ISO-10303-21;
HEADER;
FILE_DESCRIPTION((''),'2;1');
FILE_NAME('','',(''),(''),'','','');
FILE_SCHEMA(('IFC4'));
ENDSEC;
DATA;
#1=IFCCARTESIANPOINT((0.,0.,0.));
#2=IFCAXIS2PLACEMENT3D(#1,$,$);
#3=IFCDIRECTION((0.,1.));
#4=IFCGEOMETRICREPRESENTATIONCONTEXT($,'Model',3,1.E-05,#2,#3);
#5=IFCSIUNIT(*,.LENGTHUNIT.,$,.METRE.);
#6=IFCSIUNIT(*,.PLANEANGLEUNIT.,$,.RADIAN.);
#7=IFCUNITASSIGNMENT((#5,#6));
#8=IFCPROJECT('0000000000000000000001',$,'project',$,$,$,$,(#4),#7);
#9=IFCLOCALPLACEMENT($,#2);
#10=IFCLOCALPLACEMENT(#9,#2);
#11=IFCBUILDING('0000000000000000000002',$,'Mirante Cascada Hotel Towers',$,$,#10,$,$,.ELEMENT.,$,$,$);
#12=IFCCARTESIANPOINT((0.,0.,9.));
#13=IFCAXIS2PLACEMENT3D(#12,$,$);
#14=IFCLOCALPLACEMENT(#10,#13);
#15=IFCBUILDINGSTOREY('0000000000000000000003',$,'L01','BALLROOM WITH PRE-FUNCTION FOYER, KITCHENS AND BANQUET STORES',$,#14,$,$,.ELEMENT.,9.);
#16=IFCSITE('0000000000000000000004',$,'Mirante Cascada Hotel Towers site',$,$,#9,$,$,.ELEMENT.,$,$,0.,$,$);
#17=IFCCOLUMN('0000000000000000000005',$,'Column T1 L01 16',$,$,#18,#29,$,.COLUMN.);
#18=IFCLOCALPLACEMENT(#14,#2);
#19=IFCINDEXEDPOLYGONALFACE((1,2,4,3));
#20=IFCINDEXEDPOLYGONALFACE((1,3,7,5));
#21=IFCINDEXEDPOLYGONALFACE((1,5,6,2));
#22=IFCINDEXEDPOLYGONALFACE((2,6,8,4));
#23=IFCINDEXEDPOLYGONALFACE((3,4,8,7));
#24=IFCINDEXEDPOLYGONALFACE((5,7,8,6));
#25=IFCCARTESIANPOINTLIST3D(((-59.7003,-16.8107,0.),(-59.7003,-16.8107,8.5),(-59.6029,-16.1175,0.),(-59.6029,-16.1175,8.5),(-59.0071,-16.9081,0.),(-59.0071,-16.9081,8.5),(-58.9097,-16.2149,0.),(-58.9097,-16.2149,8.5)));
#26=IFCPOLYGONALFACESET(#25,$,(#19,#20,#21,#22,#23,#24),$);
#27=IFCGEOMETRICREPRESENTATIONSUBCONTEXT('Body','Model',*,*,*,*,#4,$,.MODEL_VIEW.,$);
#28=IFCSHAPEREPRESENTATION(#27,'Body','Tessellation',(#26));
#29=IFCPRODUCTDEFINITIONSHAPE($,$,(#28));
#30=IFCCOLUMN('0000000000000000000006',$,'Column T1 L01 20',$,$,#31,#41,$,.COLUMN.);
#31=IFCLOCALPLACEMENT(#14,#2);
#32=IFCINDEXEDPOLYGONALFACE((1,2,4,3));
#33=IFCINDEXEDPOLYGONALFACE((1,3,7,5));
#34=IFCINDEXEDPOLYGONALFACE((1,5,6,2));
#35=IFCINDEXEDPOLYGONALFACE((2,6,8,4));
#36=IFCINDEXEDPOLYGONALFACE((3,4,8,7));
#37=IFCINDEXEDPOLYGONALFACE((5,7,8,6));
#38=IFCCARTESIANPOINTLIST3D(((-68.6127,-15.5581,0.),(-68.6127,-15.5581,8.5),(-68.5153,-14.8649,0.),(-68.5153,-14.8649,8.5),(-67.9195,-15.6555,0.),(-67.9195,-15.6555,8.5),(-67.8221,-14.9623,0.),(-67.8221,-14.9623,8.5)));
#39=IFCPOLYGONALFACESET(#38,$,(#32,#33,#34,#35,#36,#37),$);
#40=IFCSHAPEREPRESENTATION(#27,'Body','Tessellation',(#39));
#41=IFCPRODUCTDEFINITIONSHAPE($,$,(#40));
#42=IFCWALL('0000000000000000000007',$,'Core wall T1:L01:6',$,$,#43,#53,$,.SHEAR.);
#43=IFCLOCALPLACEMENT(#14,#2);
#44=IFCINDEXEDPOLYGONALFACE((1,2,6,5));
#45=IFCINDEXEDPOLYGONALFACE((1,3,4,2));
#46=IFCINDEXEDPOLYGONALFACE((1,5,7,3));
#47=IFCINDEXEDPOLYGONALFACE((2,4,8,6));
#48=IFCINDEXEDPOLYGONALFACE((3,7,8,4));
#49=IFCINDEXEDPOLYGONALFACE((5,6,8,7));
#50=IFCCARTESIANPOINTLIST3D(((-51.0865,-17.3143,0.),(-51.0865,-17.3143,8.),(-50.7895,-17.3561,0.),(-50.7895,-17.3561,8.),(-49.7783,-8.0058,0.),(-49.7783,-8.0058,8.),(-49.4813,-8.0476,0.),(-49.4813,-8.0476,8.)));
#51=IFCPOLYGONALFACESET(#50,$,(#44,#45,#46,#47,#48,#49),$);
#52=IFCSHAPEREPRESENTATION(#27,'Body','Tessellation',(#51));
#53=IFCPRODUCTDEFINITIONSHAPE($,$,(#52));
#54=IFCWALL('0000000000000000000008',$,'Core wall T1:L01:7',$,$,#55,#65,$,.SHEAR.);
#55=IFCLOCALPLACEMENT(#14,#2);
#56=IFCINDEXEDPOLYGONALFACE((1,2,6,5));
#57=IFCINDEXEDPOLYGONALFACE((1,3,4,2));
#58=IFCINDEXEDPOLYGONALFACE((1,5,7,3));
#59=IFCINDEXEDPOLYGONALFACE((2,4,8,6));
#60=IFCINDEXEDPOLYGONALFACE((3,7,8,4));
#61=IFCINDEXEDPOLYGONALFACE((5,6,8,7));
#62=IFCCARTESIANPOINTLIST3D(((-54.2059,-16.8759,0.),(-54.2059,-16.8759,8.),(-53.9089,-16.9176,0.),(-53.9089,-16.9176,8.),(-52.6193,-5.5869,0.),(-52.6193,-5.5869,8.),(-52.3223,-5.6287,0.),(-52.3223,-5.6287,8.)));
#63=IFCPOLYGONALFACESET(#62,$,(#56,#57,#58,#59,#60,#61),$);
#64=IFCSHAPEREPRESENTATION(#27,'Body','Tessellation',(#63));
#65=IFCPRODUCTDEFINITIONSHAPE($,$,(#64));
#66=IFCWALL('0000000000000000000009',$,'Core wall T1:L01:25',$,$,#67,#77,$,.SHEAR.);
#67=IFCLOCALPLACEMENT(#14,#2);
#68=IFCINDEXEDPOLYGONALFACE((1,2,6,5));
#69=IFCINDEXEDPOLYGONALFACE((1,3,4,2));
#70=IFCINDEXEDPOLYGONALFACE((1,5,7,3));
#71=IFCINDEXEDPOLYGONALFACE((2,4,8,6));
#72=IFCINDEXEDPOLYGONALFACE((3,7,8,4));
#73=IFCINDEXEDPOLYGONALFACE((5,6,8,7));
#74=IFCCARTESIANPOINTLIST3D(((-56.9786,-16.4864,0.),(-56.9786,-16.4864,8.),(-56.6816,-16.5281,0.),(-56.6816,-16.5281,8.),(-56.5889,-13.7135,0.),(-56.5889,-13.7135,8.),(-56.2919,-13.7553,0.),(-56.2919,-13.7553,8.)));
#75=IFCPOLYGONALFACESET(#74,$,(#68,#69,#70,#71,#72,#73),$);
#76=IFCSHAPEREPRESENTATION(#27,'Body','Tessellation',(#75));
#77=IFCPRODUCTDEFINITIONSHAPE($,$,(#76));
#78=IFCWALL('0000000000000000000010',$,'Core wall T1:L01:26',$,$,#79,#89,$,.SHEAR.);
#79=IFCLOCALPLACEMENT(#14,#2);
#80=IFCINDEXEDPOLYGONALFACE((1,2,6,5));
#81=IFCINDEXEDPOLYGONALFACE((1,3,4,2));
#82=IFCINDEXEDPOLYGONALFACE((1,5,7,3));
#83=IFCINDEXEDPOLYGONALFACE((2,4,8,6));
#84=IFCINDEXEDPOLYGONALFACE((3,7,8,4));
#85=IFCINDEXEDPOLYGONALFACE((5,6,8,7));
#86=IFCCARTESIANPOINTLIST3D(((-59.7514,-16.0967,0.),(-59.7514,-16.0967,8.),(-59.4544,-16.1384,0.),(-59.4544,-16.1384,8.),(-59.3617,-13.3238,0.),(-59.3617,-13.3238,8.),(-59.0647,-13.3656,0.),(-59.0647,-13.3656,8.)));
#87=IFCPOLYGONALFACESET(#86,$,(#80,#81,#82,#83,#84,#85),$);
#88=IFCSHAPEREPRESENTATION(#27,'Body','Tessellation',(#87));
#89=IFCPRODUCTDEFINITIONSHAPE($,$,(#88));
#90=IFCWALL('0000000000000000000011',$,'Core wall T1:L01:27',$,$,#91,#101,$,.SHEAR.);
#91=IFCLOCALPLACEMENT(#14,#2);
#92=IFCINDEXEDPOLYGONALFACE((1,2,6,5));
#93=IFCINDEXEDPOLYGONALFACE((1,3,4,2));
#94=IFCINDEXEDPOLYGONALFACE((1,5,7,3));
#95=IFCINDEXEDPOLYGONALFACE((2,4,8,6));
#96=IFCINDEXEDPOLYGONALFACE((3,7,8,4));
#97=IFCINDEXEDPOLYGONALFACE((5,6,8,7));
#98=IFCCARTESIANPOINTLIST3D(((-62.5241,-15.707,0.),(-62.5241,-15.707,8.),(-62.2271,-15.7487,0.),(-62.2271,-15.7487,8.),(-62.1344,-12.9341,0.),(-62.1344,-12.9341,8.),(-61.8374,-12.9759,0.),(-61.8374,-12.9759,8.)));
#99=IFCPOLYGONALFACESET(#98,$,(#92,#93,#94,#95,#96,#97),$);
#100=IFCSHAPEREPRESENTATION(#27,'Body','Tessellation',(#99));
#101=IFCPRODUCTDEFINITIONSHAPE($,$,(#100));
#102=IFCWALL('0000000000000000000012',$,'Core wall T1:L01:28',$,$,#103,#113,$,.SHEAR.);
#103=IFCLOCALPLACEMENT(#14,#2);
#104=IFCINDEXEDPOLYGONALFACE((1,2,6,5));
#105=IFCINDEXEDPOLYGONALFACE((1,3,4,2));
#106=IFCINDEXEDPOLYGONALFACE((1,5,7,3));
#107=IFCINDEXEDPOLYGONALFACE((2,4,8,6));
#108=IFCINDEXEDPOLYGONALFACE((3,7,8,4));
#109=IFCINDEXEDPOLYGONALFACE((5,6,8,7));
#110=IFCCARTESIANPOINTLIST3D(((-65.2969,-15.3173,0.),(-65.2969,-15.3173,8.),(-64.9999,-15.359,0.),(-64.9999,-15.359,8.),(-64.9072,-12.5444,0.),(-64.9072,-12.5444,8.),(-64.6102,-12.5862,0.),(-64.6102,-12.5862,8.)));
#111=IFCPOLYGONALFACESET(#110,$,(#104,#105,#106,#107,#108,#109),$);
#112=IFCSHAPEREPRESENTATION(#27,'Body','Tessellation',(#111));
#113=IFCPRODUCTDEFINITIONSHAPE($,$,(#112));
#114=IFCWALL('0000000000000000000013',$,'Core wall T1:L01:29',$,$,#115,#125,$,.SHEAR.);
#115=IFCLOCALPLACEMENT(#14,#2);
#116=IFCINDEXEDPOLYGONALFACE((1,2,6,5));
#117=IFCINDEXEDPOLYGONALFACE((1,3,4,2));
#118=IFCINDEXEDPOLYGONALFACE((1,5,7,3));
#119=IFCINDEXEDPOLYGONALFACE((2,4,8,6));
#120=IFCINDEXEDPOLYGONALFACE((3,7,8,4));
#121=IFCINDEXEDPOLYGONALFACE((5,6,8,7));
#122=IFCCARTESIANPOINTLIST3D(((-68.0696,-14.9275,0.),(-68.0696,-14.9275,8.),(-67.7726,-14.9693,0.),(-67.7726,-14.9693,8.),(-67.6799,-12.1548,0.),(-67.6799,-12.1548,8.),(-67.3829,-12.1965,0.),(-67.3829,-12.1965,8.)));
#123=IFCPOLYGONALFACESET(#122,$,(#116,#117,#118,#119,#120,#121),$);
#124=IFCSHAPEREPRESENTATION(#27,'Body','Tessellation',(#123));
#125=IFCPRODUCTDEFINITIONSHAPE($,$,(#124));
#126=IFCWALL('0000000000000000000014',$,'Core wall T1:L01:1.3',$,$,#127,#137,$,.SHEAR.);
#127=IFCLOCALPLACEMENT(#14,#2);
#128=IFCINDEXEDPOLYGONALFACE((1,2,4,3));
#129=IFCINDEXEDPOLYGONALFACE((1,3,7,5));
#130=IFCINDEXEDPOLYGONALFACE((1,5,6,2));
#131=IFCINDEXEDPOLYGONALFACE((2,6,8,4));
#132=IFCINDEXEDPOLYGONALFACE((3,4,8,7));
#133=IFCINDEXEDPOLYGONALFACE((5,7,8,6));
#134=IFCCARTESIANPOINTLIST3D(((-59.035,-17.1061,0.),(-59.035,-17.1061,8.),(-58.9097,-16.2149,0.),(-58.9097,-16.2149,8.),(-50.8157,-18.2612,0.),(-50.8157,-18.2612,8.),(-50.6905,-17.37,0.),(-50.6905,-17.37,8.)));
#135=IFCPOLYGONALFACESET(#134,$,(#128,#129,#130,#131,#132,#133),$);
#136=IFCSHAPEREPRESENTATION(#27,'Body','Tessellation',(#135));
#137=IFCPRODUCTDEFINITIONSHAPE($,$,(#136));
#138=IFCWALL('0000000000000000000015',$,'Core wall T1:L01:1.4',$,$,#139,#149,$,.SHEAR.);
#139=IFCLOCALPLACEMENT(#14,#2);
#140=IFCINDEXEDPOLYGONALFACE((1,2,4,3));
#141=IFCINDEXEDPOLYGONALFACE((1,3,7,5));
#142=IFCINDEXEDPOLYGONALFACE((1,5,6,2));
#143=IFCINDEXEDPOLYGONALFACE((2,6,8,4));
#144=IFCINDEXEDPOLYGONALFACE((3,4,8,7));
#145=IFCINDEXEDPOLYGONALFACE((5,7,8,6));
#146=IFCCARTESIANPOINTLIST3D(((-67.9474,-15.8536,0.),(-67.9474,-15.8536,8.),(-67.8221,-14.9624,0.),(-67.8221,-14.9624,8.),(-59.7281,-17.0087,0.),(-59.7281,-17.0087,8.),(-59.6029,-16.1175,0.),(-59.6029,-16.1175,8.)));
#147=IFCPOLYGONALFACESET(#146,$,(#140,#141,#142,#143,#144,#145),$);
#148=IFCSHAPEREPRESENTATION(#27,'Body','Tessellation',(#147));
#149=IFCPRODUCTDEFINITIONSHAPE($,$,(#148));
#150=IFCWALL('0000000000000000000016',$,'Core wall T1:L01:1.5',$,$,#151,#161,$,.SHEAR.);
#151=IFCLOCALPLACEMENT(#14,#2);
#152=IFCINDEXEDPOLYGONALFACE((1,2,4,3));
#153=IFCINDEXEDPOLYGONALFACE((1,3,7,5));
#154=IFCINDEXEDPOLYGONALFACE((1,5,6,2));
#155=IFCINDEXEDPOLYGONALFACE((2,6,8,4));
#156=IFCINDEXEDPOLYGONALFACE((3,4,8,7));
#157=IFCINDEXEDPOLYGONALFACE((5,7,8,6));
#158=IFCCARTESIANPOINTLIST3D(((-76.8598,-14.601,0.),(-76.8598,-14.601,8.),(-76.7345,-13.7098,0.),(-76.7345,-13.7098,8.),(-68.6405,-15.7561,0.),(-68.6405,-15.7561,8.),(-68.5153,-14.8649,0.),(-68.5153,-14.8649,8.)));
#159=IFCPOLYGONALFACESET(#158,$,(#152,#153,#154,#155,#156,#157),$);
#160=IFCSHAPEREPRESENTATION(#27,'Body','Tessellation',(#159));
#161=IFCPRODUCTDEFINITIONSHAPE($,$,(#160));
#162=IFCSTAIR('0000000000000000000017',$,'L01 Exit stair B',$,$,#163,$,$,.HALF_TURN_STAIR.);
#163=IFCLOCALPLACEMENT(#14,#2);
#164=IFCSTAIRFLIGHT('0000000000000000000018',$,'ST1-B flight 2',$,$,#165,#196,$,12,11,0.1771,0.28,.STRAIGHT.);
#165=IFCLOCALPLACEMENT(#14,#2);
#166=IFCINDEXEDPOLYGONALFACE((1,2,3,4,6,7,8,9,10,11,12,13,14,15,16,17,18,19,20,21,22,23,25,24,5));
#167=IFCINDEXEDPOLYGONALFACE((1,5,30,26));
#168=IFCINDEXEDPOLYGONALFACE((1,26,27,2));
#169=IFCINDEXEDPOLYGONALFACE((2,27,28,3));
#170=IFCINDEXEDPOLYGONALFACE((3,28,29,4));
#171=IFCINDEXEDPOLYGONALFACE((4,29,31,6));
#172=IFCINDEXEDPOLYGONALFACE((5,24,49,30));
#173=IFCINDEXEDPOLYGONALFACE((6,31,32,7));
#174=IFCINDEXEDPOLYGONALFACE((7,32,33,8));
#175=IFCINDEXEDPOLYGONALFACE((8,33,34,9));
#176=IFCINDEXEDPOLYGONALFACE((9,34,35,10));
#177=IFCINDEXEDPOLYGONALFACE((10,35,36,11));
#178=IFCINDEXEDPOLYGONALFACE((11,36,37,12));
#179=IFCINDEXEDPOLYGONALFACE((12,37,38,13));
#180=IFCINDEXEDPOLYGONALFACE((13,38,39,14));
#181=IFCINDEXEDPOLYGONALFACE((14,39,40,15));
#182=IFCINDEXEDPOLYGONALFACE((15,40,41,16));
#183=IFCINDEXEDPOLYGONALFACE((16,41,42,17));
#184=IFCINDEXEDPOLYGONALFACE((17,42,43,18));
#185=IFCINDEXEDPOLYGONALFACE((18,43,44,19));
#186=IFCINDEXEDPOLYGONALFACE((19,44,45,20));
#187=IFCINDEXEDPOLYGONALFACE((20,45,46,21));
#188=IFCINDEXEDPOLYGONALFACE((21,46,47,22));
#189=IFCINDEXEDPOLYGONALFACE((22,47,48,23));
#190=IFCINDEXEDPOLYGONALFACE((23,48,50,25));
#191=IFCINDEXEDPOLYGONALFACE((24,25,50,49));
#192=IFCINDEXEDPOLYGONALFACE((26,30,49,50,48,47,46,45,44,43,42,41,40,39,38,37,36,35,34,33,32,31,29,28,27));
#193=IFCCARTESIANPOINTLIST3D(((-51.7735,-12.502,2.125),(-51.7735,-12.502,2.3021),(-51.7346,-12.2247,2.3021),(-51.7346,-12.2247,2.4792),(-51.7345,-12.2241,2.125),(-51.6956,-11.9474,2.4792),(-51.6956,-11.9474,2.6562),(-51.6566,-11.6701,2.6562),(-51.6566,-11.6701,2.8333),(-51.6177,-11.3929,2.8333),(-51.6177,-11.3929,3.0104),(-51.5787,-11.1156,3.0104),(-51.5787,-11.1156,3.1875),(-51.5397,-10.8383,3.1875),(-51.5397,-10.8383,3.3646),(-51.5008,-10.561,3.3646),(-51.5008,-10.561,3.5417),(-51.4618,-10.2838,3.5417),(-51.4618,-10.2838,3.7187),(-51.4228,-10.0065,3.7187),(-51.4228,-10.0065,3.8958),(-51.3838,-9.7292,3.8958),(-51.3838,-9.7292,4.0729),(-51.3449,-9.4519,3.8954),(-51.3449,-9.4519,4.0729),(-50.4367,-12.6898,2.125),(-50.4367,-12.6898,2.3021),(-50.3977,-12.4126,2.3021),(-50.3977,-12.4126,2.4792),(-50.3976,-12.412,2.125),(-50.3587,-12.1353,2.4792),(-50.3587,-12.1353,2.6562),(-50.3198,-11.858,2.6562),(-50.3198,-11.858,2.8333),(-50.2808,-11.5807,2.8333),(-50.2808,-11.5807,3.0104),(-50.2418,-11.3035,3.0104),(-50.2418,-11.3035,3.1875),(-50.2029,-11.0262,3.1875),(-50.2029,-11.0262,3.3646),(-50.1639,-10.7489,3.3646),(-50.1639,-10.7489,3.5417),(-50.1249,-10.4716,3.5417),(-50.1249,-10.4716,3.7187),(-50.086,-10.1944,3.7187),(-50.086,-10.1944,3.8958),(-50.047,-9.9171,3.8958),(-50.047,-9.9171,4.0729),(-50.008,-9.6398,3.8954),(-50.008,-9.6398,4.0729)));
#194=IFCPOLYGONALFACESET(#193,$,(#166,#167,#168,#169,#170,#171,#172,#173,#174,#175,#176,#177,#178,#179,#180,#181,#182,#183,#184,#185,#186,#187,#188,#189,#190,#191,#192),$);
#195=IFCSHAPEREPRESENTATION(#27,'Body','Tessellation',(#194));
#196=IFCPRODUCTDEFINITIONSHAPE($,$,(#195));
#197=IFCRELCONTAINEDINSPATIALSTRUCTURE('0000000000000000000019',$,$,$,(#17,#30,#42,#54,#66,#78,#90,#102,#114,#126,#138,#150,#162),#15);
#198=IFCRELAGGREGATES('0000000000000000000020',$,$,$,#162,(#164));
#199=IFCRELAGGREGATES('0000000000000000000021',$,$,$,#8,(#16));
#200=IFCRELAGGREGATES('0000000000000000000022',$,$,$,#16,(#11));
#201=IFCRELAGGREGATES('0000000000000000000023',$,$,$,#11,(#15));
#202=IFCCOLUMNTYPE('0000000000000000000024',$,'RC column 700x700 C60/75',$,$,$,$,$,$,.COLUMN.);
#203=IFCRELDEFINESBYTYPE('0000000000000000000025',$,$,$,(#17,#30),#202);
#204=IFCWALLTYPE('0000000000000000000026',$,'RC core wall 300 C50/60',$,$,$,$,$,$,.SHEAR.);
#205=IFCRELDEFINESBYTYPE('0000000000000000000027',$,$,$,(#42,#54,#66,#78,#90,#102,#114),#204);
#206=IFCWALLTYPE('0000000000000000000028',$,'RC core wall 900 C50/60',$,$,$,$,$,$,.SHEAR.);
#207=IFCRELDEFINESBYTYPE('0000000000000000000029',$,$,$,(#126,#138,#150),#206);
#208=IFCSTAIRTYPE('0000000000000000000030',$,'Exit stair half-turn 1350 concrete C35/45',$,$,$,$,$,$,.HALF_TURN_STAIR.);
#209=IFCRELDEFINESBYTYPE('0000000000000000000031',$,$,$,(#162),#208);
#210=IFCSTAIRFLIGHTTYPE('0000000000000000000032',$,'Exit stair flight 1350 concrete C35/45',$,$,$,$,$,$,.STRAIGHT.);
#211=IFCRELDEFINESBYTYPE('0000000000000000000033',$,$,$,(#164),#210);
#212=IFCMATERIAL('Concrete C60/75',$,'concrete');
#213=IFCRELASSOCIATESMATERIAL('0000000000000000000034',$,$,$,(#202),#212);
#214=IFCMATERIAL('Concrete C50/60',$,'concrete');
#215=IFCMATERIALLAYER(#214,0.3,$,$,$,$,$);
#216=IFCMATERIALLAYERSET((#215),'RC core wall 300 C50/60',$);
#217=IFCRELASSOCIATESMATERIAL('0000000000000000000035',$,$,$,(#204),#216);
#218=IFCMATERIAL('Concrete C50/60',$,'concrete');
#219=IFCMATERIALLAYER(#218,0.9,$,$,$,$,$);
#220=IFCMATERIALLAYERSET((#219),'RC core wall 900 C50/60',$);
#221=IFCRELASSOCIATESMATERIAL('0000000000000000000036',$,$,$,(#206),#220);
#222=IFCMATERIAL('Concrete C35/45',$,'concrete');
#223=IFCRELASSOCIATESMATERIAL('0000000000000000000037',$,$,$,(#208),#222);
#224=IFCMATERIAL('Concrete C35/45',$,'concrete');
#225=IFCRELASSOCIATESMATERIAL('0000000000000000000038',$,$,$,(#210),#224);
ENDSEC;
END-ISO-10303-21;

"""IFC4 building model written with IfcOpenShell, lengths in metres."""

from ifc_helpers import new_model, si_unit, direction, frame, frame_2d, origin, origin_2d, place, context, subcontext, project, spatial, polyline, rectangle, outline, extrude, material, layer, layer_set, material_profile, profile_set, type_object, element, aggregate, save


model = new_model("IFC4")

# Units and contexts
model_context = context("Model", 3, precision=1e-05, world=origin(), true_north=direction((0.0, 1.0)))
body_context = subcontext(model_context, "Body", "Model", "MODEL_VIEW")
ifc_project = project(units=[si_unit("LENGTHUNIT", "METRE"), si_unit("PLANEANGLEUNIT", "RADIAN")], contexts=[model_context])

# Site, building, storey
site_placement = place(None, origin())
site = spatial("IfcSite", under=ifc_project, at=site_placement, Name="Mirante Cascada Hotel Towers site", CompositionType="ELEMENT", RefElevation=0.0)
building_placement = place(site_placement, origin())
building = spatial("IfcBuilding", under=site, at=building_placement, Name="Mirante Cascada Hotel Towers", CompositionType="ELEMENT")
storey_placement = place(building_placement, frame((0.0, 0.0, 9.0)))
storey = spatial("IfcBuildingStorey", under=building, at=storey_placement, Name="L01", Description="BALLROOM WITH PRE-FUNCTION FOYER, KITCHENS AND BANQUET STORES", CompositionType="ELEMENT", Elevation=9.0)

# Columns
ifc_material_1 = material(Name="Concrete C60/75", Category="concrete")
ifc_material_profile = material_profile(ifc_material_1, rectangle(XDim=0.7, YDim=0.7, at=origin_2d()), Name="RC column 700x700 C60/75")
ifc_profile_set = profile_set([ifc_material_profile], Name="Concrete C60/75")
column_type = type_object("IfcColumnType", Name="RC column 700x700 C60/75", PredefinedType="COLUMN", material=ifc_profile_set)
for number, where, z_axis, x_axis, name in (
    (1, (-59.305, -16.5128, 0.0), (0.0, 0.0, 1.0), (-0.990268, 0.139173, 0.0), "Column T1 L01 16"),
    (2, (-68.2174, -15.2602, 0.0), (0.0, 0.0, 1.0), (-0.990268, 0.139173, 0.0), "Column T1 L01 20"),
):
    element("IfcColumn", number, at=place(storey_placement, frame(where, z_axis=z_axis, x_axis=x_axis)), inside=storey, type_object=column_type, Name=name, PredefinedType="COLUMN", context=body_context, shape_type="SweptSolid", body=[
        extrude(rectangle(XDim=0.7, YDim=0.7, at=origin_2d()), origin(), (0.0, 0.0, 1.0), 8.5),
    ])

# Walls
ifc_material_2 = material(Name="Concrete C50/60", Category="concrete")
ifc_layer_1 = layer(ifc_material_2, 0.3)
ifc_layer_set_1 = layer_set([ifc_layer_1], Name="RC core wall 300 C50/60")
wall_type_1 = type_object("IfcWallType", Name="RC core wall 300 C50/60", PredefinedType="SHEAR", material=ifc_layer_set_1)
wall_1_placement = place(storey_placement, frame((-50.938, -17.3352, 0.0), z_axis=(0.0, 0.0, 1.0), x_axis=(0.139171, 0.990268, 0.0)))
element("IfcWall", 3, at=wall_1_placement, inside=storey, type_object=wall_type_1, Name="Core wall T1:L01:6", PredefinedType="SHEAR", context=body_context, shape_type="SweptSolid", body=[
    extrude(rectangle(XDim=9.4, YDim=0.3, at=frame_2d((4.7, 0.0))), origin(), (0.0, 0.0, 1.0), 8.0),
])
wall_2_placement = place(storey_placement, frame((-54.0574, -16.8968, 0.0), z_axis=(0.0, 0.0, 1.0), x_axis=(0.139176, 0.990268, 0.0)))
element("IfcWall", 4, at=wall_2_placement, inside=storey, type_object=wall_type_1, Name="Core wall T1:L01:7", PredefinedType="SHEAR", context=body_context, shape_type="SweptSolid", body=[
    extrude(rectangle(XDim=11.3999, YDim=0.3, at=frame_2d((5.7, 0.0))), origin(), (0.0, 0.0, 1.0), 8.0),
])

# Walls
for number, where, z_axis, x_axis, name in (
    (5, (-56.8301, -16.5072, 0.0), (0.0, 0.0, 1.0), (0.139176, 0.990268, 0.0), "Core wall T1:L01:25"),
    (6, (-59.6029, -16.1175, 0.0), (0.0, 0.0, 1.0), (0.139176, 0.990268, 0.0), "Core wall T1:L01:26"),
    (7, (-62.3756, -15.7278, 0.0), (0.0, 0.0, 1.0), (0.139176, 0.990268, 0.0), "Core wall T1:L01:27"),
    (8, (-65.1484, -15.3381, 0.0), (0.0, 0.0, 1.0), (0.139176, 0.990268, 0.0), "Core wall T1:L01:28"),
):
    element("IfcWall", number, at=place(storey_placement, frame(where, z_axis=z_axis, x_axis=x_axis)), inside=storey, type_object=wall_type_1, Name=name, PredefinedType="SHEAR", context=body_context, shape_type="SweptSolid", body=[
        extrude(rectangle(XDim=2.8001, YDim=0.3, at=frame_2d((1.4, 0.0))), origin(), (0.0, 0.0, 1.0), 8.0),
    ])
wall_3_placement = place(storey_placement, frame((-67.9211, -14.9484, 0.0), z_axis=(0.0, 0.0, 1.0), x_axis=(0.139181, 0.990267, 0.0)))
element("IfcWall", 9, at=wall_3_placement, inside=storey, type_object=wall_type_1, Name="Core wall T1:L01:29", PredefinedType="SHEAR", context=body_context, shape_type="SweptSolid", body=[
    extrude(rectangle(XDim=2.8, YDim=0.3, at=frame_2d((1.4, 0.0))), origin(), (0.0, 0.0, 1.0), 8.0),
])
ifc_material_3 = material(Name="Concrete C50/60", Category="concrete")
ifc_layer_2 = layer(ifc_material_3, 0.9)
ifc_layer_set_2 = layer_set([ifc_layer_2], Name="RC core wall 900 C50/60")
wall_type_2 = type_object("IfcWallType", Name="RC core wall 900 C50/60", PredefinedType="SHEAR", material=ifc_layer_set_2)
for number, where, z_axis, x_axis, name in (
    (10, (-50.7531, -17.8156, 0.0), (0.0, 0.0, 1.0), (-0.990269, 0.139169, 0.0), "Core wall T1:L01:1.3"),
    (11, (-59.6655, -16.5631, 0.0), (0.0, 0.0, 1.0), (-0.990269, 0.139169, 0.0), "Core wall T1:L01:1.4"),
    (12, (-68.5779, -15.3105, 0.0), (0.0, 0.0, 1.0), (-0.990269, 0.139169, 0.0), "Core wall T1:L01:1.5"),
):
    element("IfcWall", number, at=place(storey_placement, frame(where, z_axis=z_axis, x_axis=x_axis)), inside=storey, type_object=wall_type_2, Name=name, PredefinedType="SHEAR", context=body_context, shape_type="SweptSolid", body=[
        extrude(rectangle(XDim=8.3, YDim=0.9, at=frame_2d((4.15, 0.0))), origin(), (0.0, 0.0, 1.0), 8.0),
    ])

# Stair, stair flight
ifc_material_4 = material(Name="Concrete C35/45", Category="concrete")
stair_type = type_object("IfcStairType", Name="Exit stair half-turn 1350 concrete C35/45", PredefinedType="HALF_TURN_STAIR", material=ifc_material_4)
stair_placement = place(storey_placement, origin())
stair = element("IfcStair", 13, at=stair_placement, inside=storey, type_object=stair_type, Name="L01 Exit stair B", PredefinedType="HALF_TURN_STAIR")
ifc_material_5 = material(Name="Concrete C35/45", Category="concrete")
stair_flight_type = type_object("IfcStairFlightType", Name="Exit stair flight 1350 concrete C35/45", PredefinedType="STRAIGHT", material=ifc_material_5)
stair_flight_placement = place(storey_placement, frame((-51.1051, -12.5959, 2.125), z_axis=(0.0, 0.0, 1.0), x_axis=(0.139173, 0.990268, 0.0)))
stair_flight = element("IfcStairFlight", 14, at=stair_flight_placement, type_object=stair_flight_type, Name="ST1-B flight 2", NumberOfRisers=12, NumberOfTreads=11, PredefinedType="STRAIGHT", RiserHeight=0.1771, TreadLength=0.28, context=body_context, shape_type="SweptSolid", body=[
    extrude(outline(polyline([(0.0, 0.0), (0.0, 0.1771), (0.28, 0.1771), (0.28, 0.3542), (0.56, 0.3542), (0.56, 0.5312), (0.84, 0.5312), (0.84, 0.7083), (1.12, 0.7083), (1.12, 0.8854), (1.4, 0.8854), (1.4, 1.0625), (1.68, 1.0625), (1.68, 1.2396), (1.96, 1.2396), (1.96, 1.4167), (2.24, 1.4167), (2.24, 1.5937), (2.52, 1.5937), (2.52, 1.7708), (2.8, 1.7708), (2.8, 1.9479), (3.08, 1.9479), (3.08, 2.125), (3.08, 1.7704), (0.2806, 0.0), (0.0, 0.0)])), frame((0.0, 0.675, 0.0), z_axis=(0.0, -1.0, 0.0), x_axis=(1.0, 0.0, 0.0)), (0.0, 0.0, 1.0), 1.35),
])
aggregate(stair, [stair_flight])

save(model, "model.ifc")
